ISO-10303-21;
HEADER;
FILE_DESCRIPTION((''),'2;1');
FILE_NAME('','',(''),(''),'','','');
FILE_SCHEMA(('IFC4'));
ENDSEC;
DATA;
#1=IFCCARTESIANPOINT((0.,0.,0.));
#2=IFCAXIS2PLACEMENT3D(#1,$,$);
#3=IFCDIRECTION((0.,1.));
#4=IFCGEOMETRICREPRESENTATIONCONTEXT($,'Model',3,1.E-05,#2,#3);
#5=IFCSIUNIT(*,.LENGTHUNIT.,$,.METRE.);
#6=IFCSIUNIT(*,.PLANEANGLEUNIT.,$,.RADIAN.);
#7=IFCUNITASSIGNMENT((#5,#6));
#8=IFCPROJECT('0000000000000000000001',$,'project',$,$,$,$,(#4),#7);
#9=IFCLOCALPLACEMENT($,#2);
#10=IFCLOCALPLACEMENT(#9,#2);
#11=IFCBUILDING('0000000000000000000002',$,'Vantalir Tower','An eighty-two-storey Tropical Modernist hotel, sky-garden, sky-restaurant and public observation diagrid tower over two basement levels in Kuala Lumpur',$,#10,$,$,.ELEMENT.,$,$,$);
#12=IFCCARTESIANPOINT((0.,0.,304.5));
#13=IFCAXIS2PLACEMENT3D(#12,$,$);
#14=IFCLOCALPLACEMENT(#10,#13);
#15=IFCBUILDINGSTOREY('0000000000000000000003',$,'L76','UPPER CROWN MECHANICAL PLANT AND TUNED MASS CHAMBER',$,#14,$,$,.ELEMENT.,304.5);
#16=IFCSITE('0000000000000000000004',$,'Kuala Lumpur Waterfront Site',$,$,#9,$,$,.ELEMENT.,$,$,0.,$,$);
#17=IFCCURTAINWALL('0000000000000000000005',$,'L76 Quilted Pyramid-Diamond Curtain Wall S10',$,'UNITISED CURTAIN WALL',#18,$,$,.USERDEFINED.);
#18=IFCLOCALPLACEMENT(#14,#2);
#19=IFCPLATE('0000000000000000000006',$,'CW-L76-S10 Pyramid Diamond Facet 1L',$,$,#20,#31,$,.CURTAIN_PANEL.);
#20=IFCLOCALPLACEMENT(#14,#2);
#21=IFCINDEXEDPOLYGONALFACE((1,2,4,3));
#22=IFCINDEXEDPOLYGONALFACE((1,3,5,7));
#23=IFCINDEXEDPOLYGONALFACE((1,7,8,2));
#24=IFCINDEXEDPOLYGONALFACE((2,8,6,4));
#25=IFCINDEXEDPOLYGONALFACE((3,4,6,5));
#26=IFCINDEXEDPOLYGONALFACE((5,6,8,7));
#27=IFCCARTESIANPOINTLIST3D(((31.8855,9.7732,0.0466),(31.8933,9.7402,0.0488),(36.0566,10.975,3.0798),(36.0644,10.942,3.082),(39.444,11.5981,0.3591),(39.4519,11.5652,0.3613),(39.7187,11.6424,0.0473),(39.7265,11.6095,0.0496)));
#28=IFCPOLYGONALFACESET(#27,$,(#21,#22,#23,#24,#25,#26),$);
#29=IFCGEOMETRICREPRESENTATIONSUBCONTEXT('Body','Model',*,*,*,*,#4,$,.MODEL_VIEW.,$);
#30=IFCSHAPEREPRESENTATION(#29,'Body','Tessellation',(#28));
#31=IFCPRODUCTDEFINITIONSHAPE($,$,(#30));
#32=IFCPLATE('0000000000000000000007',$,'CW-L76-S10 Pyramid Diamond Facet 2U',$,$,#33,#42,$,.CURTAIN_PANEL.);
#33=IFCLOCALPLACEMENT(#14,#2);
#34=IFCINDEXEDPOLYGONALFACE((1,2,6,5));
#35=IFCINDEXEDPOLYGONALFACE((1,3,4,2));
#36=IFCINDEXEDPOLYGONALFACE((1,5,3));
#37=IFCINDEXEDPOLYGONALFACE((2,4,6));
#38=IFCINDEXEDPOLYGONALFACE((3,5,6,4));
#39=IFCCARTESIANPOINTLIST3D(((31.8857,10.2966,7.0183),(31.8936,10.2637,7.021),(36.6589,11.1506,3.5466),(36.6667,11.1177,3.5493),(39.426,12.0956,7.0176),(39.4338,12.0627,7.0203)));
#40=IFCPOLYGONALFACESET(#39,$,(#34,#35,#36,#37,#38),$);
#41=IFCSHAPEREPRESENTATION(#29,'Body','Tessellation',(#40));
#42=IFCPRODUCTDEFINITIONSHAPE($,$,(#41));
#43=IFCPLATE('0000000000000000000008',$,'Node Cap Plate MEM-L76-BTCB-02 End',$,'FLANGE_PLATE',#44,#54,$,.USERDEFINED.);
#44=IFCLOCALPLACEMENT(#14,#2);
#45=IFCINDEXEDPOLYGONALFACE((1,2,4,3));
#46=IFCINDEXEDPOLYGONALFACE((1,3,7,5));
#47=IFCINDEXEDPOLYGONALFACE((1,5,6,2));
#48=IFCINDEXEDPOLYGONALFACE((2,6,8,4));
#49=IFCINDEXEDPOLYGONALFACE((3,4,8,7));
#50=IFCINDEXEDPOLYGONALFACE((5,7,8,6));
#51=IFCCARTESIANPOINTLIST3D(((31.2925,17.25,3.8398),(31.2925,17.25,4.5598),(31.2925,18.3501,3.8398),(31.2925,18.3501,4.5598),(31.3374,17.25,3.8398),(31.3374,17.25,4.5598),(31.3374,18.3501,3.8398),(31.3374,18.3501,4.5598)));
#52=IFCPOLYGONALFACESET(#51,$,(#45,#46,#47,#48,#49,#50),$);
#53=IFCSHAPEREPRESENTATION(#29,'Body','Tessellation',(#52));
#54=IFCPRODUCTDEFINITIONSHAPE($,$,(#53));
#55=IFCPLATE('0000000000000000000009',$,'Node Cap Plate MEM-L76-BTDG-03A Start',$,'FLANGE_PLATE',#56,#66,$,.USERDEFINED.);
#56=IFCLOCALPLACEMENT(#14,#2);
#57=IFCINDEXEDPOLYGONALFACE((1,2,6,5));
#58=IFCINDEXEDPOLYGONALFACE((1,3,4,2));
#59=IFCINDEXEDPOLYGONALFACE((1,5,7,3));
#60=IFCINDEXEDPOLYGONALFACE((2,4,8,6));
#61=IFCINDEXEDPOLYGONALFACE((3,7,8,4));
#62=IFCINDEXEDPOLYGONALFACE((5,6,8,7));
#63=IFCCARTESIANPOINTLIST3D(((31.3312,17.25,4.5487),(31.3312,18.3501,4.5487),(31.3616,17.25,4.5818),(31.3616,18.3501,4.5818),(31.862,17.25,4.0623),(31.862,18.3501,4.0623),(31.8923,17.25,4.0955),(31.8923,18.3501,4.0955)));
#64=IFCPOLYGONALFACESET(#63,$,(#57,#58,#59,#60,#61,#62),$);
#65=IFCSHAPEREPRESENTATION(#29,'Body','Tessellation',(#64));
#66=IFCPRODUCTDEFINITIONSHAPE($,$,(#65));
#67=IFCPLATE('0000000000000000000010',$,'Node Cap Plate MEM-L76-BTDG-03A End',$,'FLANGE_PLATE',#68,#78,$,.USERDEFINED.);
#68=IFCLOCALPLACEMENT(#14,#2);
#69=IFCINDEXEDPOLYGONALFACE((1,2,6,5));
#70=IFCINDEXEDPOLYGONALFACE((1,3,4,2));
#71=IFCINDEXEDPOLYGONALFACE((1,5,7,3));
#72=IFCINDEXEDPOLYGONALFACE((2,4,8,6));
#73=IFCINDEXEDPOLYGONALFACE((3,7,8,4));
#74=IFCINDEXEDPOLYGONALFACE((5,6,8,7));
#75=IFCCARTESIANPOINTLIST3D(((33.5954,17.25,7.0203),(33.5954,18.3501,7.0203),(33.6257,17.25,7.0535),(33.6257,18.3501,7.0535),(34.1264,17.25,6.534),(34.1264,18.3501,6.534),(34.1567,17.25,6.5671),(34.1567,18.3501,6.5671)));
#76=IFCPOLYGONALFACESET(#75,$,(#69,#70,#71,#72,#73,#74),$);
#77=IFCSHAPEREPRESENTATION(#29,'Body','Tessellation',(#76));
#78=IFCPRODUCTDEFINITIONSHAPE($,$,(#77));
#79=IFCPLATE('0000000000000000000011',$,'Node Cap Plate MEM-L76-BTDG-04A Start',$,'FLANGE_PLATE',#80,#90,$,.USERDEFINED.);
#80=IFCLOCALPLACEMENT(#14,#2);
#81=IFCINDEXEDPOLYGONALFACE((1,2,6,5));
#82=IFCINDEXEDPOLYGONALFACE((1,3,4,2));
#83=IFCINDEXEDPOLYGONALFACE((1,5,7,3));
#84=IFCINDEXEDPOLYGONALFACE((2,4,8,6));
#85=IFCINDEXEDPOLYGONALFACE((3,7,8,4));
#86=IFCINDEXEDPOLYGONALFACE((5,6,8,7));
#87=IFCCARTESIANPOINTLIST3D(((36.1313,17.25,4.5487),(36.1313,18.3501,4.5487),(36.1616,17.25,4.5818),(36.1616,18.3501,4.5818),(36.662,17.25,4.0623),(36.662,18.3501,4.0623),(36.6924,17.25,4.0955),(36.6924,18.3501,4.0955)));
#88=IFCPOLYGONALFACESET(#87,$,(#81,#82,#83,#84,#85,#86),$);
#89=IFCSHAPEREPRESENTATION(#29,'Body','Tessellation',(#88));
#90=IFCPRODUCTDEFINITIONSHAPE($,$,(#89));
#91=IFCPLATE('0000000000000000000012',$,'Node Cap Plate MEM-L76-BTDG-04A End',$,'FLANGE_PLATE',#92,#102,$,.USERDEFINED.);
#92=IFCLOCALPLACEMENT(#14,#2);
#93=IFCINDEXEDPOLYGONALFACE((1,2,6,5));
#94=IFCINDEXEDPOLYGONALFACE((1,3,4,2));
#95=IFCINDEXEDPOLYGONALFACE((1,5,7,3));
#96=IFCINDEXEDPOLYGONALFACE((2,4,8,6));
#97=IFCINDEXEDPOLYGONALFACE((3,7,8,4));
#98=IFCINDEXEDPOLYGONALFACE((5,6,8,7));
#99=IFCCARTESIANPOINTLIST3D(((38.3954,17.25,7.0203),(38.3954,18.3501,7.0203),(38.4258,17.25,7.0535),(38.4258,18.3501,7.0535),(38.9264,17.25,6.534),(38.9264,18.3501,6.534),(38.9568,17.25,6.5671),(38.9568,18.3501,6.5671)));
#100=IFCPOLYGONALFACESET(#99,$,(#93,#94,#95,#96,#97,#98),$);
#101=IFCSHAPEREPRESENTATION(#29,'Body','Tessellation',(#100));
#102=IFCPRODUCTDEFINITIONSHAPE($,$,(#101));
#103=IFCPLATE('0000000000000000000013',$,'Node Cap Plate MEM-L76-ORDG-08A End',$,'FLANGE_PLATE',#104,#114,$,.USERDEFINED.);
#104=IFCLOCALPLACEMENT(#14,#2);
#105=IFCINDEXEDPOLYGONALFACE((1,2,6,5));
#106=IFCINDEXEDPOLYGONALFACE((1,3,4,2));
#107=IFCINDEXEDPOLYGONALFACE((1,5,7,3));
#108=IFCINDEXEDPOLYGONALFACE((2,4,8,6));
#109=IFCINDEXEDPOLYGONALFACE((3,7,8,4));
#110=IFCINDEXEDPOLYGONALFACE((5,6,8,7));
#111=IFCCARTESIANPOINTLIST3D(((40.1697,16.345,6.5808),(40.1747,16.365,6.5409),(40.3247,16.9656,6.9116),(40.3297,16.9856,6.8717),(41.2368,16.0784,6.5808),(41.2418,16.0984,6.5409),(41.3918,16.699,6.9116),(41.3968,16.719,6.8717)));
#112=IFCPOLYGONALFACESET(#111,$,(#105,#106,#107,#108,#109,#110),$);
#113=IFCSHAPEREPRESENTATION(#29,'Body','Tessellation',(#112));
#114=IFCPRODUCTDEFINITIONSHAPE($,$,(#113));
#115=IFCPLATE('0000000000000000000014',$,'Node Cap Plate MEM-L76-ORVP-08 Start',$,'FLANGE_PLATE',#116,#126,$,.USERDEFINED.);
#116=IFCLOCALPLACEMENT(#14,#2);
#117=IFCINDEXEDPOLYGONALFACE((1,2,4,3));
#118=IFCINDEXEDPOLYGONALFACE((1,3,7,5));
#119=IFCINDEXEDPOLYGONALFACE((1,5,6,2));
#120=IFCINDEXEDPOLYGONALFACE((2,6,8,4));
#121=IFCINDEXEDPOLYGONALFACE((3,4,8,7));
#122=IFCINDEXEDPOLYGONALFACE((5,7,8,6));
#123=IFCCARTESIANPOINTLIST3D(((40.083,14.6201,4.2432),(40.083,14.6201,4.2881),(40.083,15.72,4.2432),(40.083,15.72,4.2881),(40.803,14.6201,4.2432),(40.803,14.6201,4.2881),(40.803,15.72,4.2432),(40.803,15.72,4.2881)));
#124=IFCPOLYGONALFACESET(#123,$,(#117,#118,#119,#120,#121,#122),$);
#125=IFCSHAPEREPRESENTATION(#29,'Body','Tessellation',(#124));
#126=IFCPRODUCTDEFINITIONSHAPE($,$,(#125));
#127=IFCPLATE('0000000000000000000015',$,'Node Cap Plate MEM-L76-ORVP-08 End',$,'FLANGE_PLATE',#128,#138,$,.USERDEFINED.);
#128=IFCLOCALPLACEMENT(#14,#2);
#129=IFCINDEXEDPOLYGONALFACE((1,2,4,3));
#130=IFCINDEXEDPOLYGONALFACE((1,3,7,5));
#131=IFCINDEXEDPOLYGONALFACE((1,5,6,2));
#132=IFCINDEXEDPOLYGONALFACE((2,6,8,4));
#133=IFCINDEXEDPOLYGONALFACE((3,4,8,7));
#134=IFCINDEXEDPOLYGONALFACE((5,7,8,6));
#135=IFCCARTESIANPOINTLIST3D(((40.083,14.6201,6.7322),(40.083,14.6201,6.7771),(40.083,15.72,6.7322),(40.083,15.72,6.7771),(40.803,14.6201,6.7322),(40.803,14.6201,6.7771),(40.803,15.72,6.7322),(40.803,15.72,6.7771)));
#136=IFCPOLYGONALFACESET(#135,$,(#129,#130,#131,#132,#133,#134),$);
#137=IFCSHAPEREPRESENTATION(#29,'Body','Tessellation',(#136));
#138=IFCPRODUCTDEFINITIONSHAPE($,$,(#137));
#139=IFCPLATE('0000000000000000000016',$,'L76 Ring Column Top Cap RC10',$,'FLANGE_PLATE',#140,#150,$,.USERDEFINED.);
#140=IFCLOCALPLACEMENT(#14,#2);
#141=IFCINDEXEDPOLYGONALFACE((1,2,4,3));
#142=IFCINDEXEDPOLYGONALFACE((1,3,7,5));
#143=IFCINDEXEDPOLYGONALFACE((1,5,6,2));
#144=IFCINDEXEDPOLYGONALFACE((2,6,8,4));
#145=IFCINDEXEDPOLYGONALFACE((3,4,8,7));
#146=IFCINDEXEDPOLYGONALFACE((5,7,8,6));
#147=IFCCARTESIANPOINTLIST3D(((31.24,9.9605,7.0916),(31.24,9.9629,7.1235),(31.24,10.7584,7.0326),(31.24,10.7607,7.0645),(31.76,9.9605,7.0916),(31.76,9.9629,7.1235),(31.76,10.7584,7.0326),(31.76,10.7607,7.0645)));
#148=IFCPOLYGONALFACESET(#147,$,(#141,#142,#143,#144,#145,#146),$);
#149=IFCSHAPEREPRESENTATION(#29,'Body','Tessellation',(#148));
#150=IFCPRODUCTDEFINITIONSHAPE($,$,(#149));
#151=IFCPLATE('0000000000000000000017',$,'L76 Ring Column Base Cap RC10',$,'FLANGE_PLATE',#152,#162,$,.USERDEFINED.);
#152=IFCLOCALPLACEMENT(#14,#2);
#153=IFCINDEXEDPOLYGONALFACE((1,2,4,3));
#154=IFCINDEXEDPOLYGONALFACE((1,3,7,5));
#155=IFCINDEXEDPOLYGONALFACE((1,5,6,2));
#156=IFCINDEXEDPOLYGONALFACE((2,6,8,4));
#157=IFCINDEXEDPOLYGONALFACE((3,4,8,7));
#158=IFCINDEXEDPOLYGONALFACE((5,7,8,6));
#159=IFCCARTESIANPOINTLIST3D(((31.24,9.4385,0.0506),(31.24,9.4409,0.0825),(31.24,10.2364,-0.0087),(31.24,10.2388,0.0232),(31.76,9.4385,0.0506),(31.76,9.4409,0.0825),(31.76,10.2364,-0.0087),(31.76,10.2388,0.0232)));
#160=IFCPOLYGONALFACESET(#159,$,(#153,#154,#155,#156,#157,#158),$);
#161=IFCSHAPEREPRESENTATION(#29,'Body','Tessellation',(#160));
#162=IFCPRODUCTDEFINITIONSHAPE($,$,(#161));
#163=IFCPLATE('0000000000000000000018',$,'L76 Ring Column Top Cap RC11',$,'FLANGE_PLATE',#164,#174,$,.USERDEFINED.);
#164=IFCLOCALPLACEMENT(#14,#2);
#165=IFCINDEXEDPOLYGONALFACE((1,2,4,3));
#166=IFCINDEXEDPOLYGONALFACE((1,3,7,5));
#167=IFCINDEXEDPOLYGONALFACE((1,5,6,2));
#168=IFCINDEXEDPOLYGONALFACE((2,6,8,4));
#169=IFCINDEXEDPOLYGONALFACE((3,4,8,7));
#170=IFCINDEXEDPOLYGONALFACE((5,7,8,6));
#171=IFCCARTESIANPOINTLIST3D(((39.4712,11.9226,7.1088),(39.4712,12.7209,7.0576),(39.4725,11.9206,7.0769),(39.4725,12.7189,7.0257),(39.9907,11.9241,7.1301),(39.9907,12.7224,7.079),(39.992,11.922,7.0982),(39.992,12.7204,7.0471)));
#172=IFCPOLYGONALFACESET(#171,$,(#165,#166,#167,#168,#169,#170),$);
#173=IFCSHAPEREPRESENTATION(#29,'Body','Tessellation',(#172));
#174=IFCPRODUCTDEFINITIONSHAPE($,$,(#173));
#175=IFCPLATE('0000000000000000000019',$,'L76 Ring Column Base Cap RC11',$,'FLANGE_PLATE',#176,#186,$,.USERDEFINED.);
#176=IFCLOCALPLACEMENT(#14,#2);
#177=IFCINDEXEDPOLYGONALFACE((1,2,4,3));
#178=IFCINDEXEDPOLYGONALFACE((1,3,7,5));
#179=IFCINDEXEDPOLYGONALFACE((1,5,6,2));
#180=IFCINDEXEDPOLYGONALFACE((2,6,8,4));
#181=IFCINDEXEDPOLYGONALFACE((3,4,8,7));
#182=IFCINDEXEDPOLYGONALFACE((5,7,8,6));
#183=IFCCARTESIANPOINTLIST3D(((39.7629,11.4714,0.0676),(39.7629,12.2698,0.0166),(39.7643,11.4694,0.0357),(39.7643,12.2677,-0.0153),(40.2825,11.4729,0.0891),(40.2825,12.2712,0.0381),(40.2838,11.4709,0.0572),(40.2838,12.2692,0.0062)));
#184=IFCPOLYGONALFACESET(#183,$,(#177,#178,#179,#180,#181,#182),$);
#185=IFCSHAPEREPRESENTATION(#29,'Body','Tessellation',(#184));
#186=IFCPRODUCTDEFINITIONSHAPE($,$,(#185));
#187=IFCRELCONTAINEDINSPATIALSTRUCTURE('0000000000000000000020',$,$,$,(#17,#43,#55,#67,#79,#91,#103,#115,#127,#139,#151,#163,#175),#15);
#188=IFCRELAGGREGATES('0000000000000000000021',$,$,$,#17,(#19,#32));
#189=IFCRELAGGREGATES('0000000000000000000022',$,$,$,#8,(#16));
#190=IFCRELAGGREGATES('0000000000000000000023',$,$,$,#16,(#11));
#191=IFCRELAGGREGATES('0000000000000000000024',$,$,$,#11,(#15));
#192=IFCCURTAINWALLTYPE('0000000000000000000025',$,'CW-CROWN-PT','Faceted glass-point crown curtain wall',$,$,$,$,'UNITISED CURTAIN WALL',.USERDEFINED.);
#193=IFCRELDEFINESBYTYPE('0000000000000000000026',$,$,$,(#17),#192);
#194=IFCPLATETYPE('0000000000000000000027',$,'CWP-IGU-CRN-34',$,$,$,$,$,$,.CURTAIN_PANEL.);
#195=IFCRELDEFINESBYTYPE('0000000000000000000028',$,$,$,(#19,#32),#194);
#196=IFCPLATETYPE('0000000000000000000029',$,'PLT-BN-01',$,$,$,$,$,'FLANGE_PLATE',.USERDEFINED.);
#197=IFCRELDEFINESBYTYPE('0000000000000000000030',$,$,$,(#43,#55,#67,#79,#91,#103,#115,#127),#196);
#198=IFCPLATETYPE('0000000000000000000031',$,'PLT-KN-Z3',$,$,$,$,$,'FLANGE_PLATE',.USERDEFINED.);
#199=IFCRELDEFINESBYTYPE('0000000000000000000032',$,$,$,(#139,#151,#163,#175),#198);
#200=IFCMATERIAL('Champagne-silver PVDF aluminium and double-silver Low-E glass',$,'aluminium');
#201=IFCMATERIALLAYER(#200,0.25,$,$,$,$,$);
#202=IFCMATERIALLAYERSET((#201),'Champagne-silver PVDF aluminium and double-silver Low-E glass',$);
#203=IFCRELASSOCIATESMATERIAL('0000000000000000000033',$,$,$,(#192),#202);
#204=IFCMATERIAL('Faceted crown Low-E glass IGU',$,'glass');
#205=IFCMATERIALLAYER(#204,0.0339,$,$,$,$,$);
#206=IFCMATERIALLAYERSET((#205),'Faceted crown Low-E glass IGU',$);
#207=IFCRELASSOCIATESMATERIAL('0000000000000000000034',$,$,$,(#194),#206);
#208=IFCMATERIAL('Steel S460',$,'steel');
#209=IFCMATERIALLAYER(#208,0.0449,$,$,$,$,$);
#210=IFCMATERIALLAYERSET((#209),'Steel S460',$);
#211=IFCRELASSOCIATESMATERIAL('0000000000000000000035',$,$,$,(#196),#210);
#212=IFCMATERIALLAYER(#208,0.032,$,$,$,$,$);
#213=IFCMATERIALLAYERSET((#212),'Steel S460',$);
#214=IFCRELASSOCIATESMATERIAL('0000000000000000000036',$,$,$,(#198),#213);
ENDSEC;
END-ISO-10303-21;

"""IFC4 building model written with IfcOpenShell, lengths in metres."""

from ifc_helpers import new_model, si_unit, direction, frame, origin, origin_2d, place, context, subcontext, project, spatial, polyline, rectangle, outline, extrude, material, layer, layer_set, type_object, element, aggregate, save


model = new_model("IFC4")

# Units and contexts
model_context = context("Model", 3, precision=1e-05, world=origin(), true_north=direction((0.0, 1.0)))
body_context = subcontext(model_context, "Body", "Model", "MODEL_VIEW")
ifc_project = project(units=[si_unit("LENGTHUNIT", "METRE"), si_unit("PLANEANGLEUNIT", "RADIAN")], contexts=[model_context])

# Site, building, storey
site_placement = place(None, origin())
site = spatial("IfcSite", under=ifc_project, at=site_placement, Name="Kuala Lumpur Waterfront Site", CompositionType="ELEMENT", RefElevation=0.0)
building_placement = place(site_placement, origin())
building = spatial("IfcBuilding", under=site, at=building_placement, Name="Vantalir Tower", Description="An eighty-two-storey Tropical Modernist hotel, sky-garden, sky-restaurant and public observation diagrid tower over two basement levels in Kuala Lumpur", CompositionType="ELEMENT")
storey_placement = place(building_placement, frame((0.0, 0.0, 304.5)))
storey = spatial("IfcBuildingStorey", under=building, at=storey_placement, Name="L76", Description="UPPER CROWN MECHANICAL PLANT AND TUNED MASS CHAMBER", CompositionType="ELEMENT", Elevation=304.5)

# Shared definitions
ifc_material_1 = material(Name="Steel S460", Category="steel")

# Curtain wall
ifc_material_2 = material(Name="Champagne-silver PVDF aluminium and double-silver Low-E glass", Category="aluminium")
ifc_layer_1 = layer(ifc_material_2, 0.25)
ifc_layer_set_1 = layer_set([ifc_layer_1], Name="Champagne-silver PVDF aluminium and double-silver Low-E glass")
curtain_wall_type = type_object("IfcCurtainWallType", Name="CW-CROWN-PT", Description="Faceted glass-point crown curtain wall", ElementType="UNITISED CURTAIN WALL", PredefinedType="USERDEFINED", material=ifc_layer_set_1)
curtain_wall_placement = place(storey_placement, origin())
curtain_wall = element("IfcCurtainWall", 1, at=curtain_wall_placement, inside=storey, type_object=curtain_wall_type, Name="L76 Quilted Pyramid-Diamond Curtain Wall S10", ObjectType="UNITISED CURTAIN WALL", PredefinedType="USERDEFINED")

# Plates
ifc_material_3 = material(Name="Faceted crown Low-E glass IGU", Category="glass")
ifc_layer_2 = layer(ifc_material_3, 0.0339)
ifc_layer_set_2 = layer_set([ifc_layer_2], Name="Faceted crown Low-E glass IGU")
plate_type_1 = type_object("IfcPlateType", Name="CWP-IGU-CRN-34", PredefinedType="CURTAIN_PANEL", material=ifc_layer_set_2)
plate_1_placement = place(storey_placement, frame((31.8933, 9.7402, 0.0488), z_axis=(0.231603, -0.970565, 0.066059), x_axis=(0.972688, 0.232115, 0.00009)))
plate_1 = element("IfcPlate", 2, at=plate_1_placement, type_object=plate_type_1, Name="CW-L76-S10 Pyramid Diamond Facet 1L", PredefinedType="CURTAIN_PANEL", context=body_context, shape_type="SweptSolid", body=[
    extrude(outline(polyline([(0.0, 0.0), (8.0532, 0.0), (7.7758, 0.3125), (4.3364, 3.0394), (0.0, 0.0)])), origin(), (0.0, 0.0, -1.0), 0.0339),
])
plate_2_placement = place(storey_placement, frame((39.4338, 12.0627, 7.0203), z_axis=(0.231352, -0.969611, 0.079568), x_axis=(-0.972697, -0.23208, 0.000094)))
plate_2 = element("IfcPlate", 3, at=plate_2_placement, type_object=plate_type_1, Name="CW-L76-S10 Pyramid Diamond Facet 2U", PredefinedType="CURTAIN_PANEL", context=body_context, shape_type="SweptSolid", body=[
    extrude(outline(polyline([(0.0, 0.0), (7.7519, 0.0), (2.9105, 3.4823), (0.0, 0.0)])), origin(), (0.0, 0.0, -1.0), 0.0339),
])
aggregate(curtain_wall, [plate_1, plate_2])

# Plates
ifc_layer_3 = layer(ifc_material_1, 0.0449)
ifc_layer_set_3 = layer_set([ifc_layer_3], Name="Steel S460")
plate_type_2 = type_object("IfcPlateType", Name="PLT-BN-01", ElementType="FLANGE_PLATE", PredefinedType="USERDEFINED", material=ifc_layer_set_3)
plate_3_placement = place(storey_placement, frame((31.3149, 17.8, 3.8398), z_axis=(0.0, 0.0, 1.0), x_axis=(1.0, 0.0, 0.0)))
element("IfcPlate", 4, at=plate_3_placement, inside=storey, type_object=plate_type_2, Name="Node Cap Plate MEM-L76-BTCB-02 End", ObjectType="FLANGE_PLATE", PredefinedType="USERDEFINED", context=body_context, shape_type="SweptSolid", body=[
    extrude(rectangle(XDim=0.0449, YDim=1.1001, at=origin_2d()), origin(), (0.0, 0.0, 1.0), 0.72),
])
plate_4_placement = place(storey_placement, frame((31.8923, 17.25, 4.0955), z_axis=(0.675571, 0.0, 0.737295), x_axis=(0.0, 1.0, 0.0)))
element("IfcPlate", 5, at=plate_4_placement, inside=storey, type_object=plate_type_2, Name="Node Cap Plate MEM-L76-BTDG-03A Start", ObjectType="FLANGE_PLATE", PredefinedType="USERDEFINED", context=body_context, shape_type="SweptSolid", body=[
    extrude(outline(polyline([(0.0, 0.0), (1.1001, 0.0), (1.1001, 0.7199), (0.0, 0.7199), (0.0, 0.0)])), origin(), (0.0, 0.0, -1.0), 0.0449),
])
plate_5_placement = place(storey_placement, frame((34.1567, 17.25, 6.5671), z_axis=(0.675402, 0.0, 0.73745), x_axis=(0.0, 1.0, 0.0)))
element("IfcPlate", 6, at=plate_5_placement, inside=storey, type_object=plate_type_2, Name="Node Cap Plate MEM-L76-BTDG-03A End", ObjectType="FLANGE_PLATE", PredefinedType="USERDEFINED", context=body_context, shape_type="SweptSolid", body=[
    extrude(outline(polyline([(0.0, 0.0), (1.1001, 0.0), (1.1001, 0.7201), (0.0, 0.7201), (0.0, 0.0)])), origin(), (0.0, 0.0, -1.0), 0.0449),
])
plate_6_placement = place(storey_placement, frame((36.6924, 17.25, 4.0955), z_axis=(0.675571, 0.0, 0.737295), x_axis=(0.0, 1.0, 0.0)))
element("IfcPlate", 7, at=plate_6_placement, inside=storey, type_object=plate_type_2, Name="Node Cap Plate MEM-L76-BTDG-04A Start", ObjectType="FLANGE_PLATE", PredefinedType="USERDEFINED", context=body_context, shape_type="SweptSolid", body=[
    extrude(outline(polyline([(0.0, 0.0), (1.1001, 0.0), (1.1001, 0.7199), (0.0, 0.7199), (0.0, 0.0)])), origin(), (0.0, 0.0, -1.0), 0.0449),
])
plate_7_placement = place(storey_placement, frame((38.9568, 17.25, 6.5671), z_axis=(0.675402, 0.0, 0.73745), x_axis=(0.0, 1.0, 0.0)))
element("IfcPlate", 8, at=plate_7_placement, inside=storey, type_object=plate_type_2, Name="Node Cap Plate MEM-L76-BTDG-04A End", ObjectType="FLANGE_PLATE", PredefinedType="USERDEFINED", context=body_context, shape_type="SweptSolid", body=[
    extrude(outline(polyline([(0.0, 0.0), (1.1001, 0.0), (1.1001, 0.7201), (0.0, 0.7201), (0.0, 0.0)])), origin(), (0.0, 0.0, -1.0), 0.0449),
])
plate_8_placement = place(storey_placement, frame((40.1697, 16.345, 6.5808), z_axis=(-0.111339, -0.445664, 0.88825), x_axis=(0.970182, -0.242379, 0.0)))
element("IfcPlate", 9, at=plate_8_placement, inside=storey, type_object=plate_type_2, Name="Node Cap Plate MEM-L76-ORDG-08A End", ObjectType="FLANGE_PLATE", PredefinedType="USERDEFINED", context=body_context, shape_type="SweptSolid", body=[
    extrude(outline(polyline([(0.0, 0.0), (1.0999, 0.0), (1.0999, 0.7202), (0.0, 0.7202), (0.0, 0.0)])), origin(), (0.0, 0.0, -1.0), 0.0449),
])
for number, where, z_axis, x_axis, name in (
    (10, (40.083, 15.72, 4.2881), (0.0, 0.0, 1.0), (0.0, -1.0, 0.0), "Node Cap Plate MEM-L76-ORVP-08 Start"),
    (11, (40.083, 15.72, 6.7771), (0.0, 0.0, 1.0), (0.0, -1.0, 0.0), "Node Cap Plate MEM-L76-ORVP-08 End"),
):
    element("IfcPlate", number, at=place(storey_placement, frame(where, z_axis=z_axis, x_axis=x_axis)), inside=storey, type_object=plate_type_2, Name=name, ObjectType="FLANGE_PLATE", PredefinedType="USERDEFINED", context=body_context, shape_type="SweptSolid", body=[
        extrude(outline(polyline([(0.0, 0.0), (1.0999, 0.0), (1.0999, 0.72), (0.0, 0.72), (0.0, 0.0)])), origin(), (0.0, 0.0, -1.0), 0.0449),
    ])
ifc_layer_4 = layer(ifc_material_1, 0.032)
ifc_layer_set_4 = layer_set([ifc_layer_4], Name="Steel S460")
plate_type_3 = type_object("IfcPlateType", Name="PLT-KN-Z3", ElementType="FLANGE_PLATE", PredefinedType="USERDEFINED", material=ifc_layer_set_4)
plate_9_placement = place(storey_placement, frame((31.24, 10.7607, 7.0645), z_axis=(0.0, 0.073849, 0.997269), x_axis=(0.0, -0.997269, 0.073849)))
element("IfcPlate", 12, at=plate_9_placement, inside=storey, type_object=plate_type_3, Name="L76 Ring Column Top Cap RC10", ObjectType="FLANGE_PLATE", PredefinedType="USERDEFINED", context=body_context, shape_type="SweptSolid", body=[
    extrude(outline(polyline([(0.0, 0.0), (0.8, 0.0), (0.8, 0.52), (0.0, 0.52), (0.0, 0.0)])), origin(), (0.0, 0.0, -1.0), 0.032),
])
plate_10_placement = place(storey_placement, frame((31.24, 10.2388, 0.0232), z_axis=(0.0, 0.074153, 0.997247), x_axis=(0.0, -0.997247, 0.074153)))
element("IfcPlate", 13, at=plate_10_placement, inside=storey, type_object=plate_type_3, Name="L76 Ring Column Base Cap RC10", ObjectType="FLANGE_PLATE", PredefinedType="USERDEFINED", context=body_context, shape_type="SweptSolid", body=[
    extrude(outline(polyline([(0.0, 0.0), (0.8001, 0.0), (0.8001, 0.52), (0.0, 0.52), (0.0, 0.0)])), origin(), (0.0, 0.0, -1.0), 0.032),
])
plate_11_placement = place(storey_placement, frame((39.4712, 12.7209, 7.0576), z_axis=(-0.04118, 0.063882, 0.997107), x_axis=(0.000006, -0.997954, 0.063936)))
element("IfcPlate", 14, at=plate_11_placement, inside=storey, type_object=plate_type_3, Name="L76 Ring Column Top Cap RC11", ObjectType="FLANGE_PLATE", PredefinedType="USERDEFINED", context=body_context, shape_type="SweptSolid", body=[
    extrude(outline(polyline([(0.0, 0.0), (0.8, 0.0), (0.7999, 0.52), (-0.0001, 0.52), (0.0, 0.0)])), origin(), (0.0, 0.0, -1.0), 0.032),
])
plate_12_placement = place(storey_placement, frame((39.7629, 12.2698, 0.0166), z_axis=(-0.041413, 0.06373, 0.997108), x_axis=(0.0, -0.997964, 0.063784)))
element("IfcPlate", 15, at=plate_12_placement, inside=storey, type_object=plate_type_3, Name="L76 Ring Column Base Cap RC11", ObjectType="FLANGE_PLATE", PredefinedType="USERDEFINED", context=body_context, shape_type="SweptSolid", body=[
    extrude(outline(polyline([(0.0, 0.0), (0.8, 0.0), (0.7999, 0.52), (-0.0001, 0.52), (0.0, 0.0)])), origin(), (0.0, 0.0, -1.0), 0.032),
])

save(model, "model.ifc")
